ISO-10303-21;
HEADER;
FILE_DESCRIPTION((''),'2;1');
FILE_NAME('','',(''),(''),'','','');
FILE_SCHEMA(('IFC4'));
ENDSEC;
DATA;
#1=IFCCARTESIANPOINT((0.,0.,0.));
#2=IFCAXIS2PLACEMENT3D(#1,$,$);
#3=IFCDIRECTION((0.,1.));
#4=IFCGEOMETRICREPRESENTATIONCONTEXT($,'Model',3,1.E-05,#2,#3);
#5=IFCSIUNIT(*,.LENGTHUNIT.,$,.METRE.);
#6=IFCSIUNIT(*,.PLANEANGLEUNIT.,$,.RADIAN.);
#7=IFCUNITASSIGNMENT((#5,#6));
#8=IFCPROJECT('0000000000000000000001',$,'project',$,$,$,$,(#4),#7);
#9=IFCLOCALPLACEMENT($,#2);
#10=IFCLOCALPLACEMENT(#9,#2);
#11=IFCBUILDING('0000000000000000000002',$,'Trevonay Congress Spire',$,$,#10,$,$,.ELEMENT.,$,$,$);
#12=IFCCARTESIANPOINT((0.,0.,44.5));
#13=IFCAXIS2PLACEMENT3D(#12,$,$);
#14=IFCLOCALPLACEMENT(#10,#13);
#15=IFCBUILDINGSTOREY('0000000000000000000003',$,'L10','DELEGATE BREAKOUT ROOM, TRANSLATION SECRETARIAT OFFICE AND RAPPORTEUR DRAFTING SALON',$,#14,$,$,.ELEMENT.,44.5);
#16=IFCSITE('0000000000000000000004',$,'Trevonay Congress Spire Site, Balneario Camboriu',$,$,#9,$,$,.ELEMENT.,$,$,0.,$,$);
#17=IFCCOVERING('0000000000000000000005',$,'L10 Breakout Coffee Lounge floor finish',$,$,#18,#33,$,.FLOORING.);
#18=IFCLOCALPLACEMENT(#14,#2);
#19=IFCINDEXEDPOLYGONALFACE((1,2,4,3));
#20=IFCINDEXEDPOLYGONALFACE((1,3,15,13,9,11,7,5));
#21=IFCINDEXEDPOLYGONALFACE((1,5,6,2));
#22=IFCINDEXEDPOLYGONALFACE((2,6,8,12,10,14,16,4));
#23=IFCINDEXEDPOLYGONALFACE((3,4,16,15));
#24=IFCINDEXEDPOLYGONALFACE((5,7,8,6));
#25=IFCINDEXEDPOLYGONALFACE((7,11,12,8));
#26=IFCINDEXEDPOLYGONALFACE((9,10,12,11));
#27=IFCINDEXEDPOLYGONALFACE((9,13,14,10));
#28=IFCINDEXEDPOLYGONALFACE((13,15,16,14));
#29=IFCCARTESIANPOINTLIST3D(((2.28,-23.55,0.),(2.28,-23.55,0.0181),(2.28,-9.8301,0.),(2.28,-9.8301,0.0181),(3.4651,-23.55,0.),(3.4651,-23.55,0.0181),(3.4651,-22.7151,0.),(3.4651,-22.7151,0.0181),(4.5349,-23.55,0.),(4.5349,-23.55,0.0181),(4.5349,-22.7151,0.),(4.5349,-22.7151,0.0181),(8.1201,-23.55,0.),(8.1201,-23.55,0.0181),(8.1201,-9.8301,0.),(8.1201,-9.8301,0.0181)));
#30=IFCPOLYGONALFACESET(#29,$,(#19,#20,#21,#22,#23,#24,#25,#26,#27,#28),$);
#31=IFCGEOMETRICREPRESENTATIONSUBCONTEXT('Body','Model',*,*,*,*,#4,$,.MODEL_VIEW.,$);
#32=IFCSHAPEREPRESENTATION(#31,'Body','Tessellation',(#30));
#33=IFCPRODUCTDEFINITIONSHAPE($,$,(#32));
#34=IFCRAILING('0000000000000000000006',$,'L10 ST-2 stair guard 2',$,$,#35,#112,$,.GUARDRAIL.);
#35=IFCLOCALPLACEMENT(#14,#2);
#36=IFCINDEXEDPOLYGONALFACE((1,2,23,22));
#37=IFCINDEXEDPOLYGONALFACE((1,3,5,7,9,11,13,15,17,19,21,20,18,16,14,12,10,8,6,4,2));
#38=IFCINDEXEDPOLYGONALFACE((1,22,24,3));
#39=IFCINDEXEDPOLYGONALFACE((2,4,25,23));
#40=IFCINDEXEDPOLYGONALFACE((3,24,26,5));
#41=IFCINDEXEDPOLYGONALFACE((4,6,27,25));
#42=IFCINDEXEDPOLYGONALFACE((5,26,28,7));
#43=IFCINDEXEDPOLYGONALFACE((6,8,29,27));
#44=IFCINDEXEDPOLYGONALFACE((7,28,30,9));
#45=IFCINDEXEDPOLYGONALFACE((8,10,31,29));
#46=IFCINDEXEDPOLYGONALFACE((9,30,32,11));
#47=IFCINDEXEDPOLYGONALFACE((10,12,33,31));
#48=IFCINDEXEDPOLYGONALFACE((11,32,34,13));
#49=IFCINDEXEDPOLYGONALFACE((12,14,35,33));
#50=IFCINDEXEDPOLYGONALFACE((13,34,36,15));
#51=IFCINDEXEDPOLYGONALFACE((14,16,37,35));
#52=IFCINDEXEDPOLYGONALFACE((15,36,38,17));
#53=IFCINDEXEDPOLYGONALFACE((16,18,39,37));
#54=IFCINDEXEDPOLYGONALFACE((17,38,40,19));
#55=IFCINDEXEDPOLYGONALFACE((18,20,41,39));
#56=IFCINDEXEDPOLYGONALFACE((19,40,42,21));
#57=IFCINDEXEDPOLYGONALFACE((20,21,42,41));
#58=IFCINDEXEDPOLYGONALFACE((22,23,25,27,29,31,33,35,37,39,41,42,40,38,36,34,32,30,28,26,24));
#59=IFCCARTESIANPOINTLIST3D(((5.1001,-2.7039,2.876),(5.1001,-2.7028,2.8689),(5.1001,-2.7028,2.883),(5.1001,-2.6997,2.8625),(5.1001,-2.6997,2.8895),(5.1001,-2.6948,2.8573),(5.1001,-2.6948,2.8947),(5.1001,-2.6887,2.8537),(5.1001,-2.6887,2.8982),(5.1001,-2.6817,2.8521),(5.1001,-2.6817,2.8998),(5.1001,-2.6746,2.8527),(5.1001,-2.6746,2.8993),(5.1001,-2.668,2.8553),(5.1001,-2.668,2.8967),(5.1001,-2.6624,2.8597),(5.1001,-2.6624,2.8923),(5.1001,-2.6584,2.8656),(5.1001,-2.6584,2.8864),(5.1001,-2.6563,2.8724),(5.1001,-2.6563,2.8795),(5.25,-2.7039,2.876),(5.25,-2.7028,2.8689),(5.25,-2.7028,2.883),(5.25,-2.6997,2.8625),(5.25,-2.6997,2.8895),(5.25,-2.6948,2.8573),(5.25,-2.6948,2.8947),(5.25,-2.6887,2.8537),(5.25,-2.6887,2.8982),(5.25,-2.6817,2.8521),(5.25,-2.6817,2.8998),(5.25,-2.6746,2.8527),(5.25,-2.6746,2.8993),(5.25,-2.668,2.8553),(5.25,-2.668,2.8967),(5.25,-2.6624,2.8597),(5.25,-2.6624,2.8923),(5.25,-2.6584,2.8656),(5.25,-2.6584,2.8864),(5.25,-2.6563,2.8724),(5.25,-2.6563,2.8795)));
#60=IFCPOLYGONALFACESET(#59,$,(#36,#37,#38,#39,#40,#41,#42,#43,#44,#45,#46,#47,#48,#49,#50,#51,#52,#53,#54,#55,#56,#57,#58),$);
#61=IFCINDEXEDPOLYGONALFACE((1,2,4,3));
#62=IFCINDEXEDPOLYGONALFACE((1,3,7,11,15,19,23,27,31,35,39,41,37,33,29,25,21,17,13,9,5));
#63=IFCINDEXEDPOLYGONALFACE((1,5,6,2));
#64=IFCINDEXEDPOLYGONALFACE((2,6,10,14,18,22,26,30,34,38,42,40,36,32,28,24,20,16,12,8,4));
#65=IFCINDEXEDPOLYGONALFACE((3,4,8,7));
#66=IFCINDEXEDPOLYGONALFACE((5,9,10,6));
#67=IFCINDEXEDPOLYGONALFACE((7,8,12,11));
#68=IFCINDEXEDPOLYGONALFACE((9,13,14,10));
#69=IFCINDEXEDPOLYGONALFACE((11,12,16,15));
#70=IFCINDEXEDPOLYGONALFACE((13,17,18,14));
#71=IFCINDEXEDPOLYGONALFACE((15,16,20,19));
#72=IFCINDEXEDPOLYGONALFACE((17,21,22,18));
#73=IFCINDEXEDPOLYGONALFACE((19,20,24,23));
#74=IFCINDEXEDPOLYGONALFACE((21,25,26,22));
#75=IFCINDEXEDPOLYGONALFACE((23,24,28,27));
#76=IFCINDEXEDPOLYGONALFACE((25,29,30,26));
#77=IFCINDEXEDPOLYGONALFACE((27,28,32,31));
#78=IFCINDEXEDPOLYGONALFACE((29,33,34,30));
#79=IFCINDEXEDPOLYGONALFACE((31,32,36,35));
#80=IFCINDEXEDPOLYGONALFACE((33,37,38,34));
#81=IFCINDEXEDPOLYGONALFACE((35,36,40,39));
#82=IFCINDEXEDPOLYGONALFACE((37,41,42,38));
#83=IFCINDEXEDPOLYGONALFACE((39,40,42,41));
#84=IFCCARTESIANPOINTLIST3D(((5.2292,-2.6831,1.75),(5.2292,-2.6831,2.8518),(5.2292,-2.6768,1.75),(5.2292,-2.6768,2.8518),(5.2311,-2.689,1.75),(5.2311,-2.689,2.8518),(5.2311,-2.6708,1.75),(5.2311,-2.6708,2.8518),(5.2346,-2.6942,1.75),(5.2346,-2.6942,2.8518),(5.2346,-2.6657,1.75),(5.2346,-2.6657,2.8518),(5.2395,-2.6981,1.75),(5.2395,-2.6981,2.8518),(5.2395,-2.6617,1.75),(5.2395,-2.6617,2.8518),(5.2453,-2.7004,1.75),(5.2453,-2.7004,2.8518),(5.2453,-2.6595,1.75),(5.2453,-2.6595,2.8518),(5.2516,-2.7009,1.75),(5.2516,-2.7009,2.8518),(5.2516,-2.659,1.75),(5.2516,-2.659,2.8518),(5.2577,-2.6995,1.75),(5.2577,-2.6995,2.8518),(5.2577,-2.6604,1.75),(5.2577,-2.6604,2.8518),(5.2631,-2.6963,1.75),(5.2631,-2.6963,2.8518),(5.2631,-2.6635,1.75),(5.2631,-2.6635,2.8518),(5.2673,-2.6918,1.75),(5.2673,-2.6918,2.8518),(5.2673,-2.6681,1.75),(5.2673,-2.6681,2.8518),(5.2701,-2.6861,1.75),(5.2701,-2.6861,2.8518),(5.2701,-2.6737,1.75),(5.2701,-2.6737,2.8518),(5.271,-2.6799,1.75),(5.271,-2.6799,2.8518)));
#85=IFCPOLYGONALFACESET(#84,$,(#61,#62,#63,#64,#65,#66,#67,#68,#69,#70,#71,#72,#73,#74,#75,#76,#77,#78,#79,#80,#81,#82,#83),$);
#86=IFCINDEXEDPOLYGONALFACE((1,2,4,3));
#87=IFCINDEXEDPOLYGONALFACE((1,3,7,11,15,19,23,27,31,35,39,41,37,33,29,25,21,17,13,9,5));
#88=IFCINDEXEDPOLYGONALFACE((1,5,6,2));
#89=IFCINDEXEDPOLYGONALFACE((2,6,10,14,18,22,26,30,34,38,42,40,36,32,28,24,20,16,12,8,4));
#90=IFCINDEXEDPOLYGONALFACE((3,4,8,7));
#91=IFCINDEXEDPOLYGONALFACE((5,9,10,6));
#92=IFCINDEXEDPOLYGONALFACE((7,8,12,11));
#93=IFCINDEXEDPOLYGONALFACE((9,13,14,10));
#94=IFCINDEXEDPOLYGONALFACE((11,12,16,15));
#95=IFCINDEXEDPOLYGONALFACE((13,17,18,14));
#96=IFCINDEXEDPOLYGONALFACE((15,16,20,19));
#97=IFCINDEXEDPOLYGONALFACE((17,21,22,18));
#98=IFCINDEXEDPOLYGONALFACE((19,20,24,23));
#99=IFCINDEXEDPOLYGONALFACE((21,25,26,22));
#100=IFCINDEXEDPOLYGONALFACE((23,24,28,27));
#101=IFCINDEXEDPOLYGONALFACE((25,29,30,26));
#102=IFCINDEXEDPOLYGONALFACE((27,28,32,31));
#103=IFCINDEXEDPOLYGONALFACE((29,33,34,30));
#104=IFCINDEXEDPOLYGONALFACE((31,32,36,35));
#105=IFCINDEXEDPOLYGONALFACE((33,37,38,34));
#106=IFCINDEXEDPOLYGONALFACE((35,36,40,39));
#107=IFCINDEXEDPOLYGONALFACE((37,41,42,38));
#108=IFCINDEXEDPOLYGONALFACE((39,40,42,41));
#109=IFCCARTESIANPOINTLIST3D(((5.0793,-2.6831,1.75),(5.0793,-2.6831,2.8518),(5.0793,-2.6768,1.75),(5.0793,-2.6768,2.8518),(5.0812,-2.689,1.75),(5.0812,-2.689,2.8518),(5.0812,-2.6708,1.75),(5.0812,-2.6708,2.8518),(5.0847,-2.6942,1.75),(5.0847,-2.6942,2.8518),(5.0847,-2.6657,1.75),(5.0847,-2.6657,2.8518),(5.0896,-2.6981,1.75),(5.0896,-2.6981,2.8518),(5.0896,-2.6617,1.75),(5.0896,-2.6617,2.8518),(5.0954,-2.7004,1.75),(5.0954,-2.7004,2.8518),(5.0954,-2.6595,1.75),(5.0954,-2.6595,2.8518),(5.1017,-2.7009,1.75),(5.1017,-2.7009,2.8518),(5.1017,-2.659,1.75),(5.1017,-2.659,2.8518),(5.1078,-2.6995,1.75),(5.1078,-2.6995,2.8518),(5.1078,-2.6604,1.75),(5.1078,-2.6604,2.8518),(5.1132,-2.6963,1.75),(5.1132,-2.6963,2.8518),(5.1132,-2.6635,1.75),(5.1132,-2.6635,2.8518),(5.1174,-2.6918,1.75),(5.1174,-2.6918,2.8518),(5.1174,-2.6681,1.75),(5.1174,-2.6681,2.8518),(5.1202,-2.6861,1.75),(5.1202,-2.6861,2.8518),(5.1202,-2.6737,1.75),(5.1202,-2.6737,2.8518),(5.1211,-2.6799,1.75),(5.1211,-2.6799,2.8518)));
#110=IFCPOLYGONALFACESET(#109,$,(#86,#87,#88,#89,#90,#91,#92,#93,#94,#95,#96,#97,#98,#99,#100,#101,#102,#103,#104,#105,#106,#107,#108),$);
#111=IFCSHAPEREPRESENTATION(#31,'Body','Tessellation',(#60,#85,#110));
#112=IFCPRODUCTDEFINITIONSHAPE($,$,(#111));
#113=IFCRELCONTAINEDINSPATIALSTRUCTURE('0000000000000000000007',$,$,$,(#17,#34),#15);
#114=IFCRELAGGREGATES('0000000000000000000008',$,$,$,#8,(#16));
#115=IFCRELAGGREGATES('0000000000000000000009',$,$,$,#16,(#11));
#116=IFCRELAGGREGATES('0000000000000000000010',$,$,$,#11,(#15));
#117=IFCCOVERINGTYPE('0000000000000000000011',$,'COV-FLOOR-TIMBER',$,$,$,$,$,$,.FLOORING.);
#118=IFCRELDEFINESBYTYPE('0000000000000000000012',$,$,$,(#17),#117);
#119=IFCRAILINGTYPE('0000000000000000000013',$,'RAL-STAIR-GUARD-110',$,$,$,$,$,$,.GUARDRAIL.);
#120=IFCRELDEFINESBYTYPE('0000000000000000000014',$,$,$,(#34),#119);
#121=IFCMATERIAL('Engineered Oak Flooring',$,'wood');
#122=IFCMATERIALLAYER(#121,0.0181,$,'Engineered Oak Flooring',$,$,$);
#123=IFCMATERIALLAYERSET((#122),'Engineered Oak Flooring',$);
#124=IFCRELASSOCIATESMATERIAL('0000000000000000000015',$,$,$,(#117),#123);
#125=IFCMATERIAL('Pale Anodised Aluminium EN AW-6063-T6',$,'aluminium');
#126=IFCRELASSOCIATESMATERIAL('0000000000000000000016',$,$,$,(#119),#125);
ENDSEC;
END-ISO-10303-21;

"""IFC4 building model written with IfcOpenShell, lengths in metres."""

from ifc_helpers import new_model, si_unit, direction, frame, origin, origin_2d, place, context, subcontext, project, spatial, polyline, circle, outline, extrude, material, layer, layer_set, type_object, element, save


model = new_model("IFC4")

# Units and contexts
model_context = context("Model", 3, precision=1e-05, world=origin(), true_north=direction((0.0, 1.0)))
body_context = subcontext(model_context, "Body", "Model", "MODEL_VIEW")
ifc_project = project(units=[si_unit("LENGTHUNIT", "METRE"), si_unit("PLANEANGLEUNIT", "RADIAN")], contexts=[model_context])

# Site, building, storey
site_placement = place(None, origin())
site = spatial("IfcSite", under=ifc_project, at=site_placement, Name="Trevonay Congress Spire Site, Balneario Camboriu", CompositionType="ELEMENT", RefElevation=0.0)
building_placement = place(site_placement, origin())
building = spatial("IfcBuilding", under=site, at=building_placement, Name="Trevonay Congress Spire", CompositionType="ELEMENT")
storey_placement = place(building_placement, frame((0.0, 0.0, 44.5)))
storey = spatial("IfcBuildingStorey", under=building, at=storey_placement, Name="L10", Description="DELEGATE BREAKOUT ROOM, TRANSLATION SECRETARIAT OFFICE AND RAPPORTEUR DRAFTING SALON", CompositionType="ELEMENT", Elevation=44.5)

# Covering
ifc_material_1 = material(Name="Engineered Oak Flooring", Category="wood")
ifc_layer_1 = layer(ifc_material_1, 0.0181, Name="Engineered Oak Flooring")
ifc_layer_set_1 = layer_set([ifc_layer_1], Name="Engineered Oak Flooring")
covering_type_1 = type_object("IfcCoveringType", Name="COV-FLOOR-TIMBER", PredefinedType="FLOORING", material=ifc_layer_set_1)
covering_1_placement = place(storey_placement, origin())
element("IfcCovering", 1, at=covering_1_placement, inside=storey, type_object=covering_type_1, Name="L10 Breakout Coffee Lounge floor finish", PredefinedType="FLOORING", context=body_context, shape_type="SweptSolid", body=[
    extrude(outline(polyline([(2.28, -23.55), (2.28, -9.8301), (8.1201, -9.8301), (8.1201, -23.55), (4.5349, -23.55), (4.5349, -22.7151), (3.4651, -22.7151), (3.4651, -23.55), (2.28, -23.55)])), origin(), (0.0, 0.0, 1.0), 0.0181),
])

# Railing
ifc_material_2 = material(Name="Pale Anodised Aluminium EN AW-6063-T6", Category="aluminium")
railing_type_1 = type_object("IfcRailingType", Name="RAL-STAIR-GUARD-110", PredefinedType="GUARDRAIL", material=ifc_material_2)
railing_1_placement = place(storey_placement, frame((5.25, -2.6799, 1.75)))
element("IfcRailing", 2, at=railing_1_placement, inside=storey, type_object=railing_type_1, Name="L10 ST-2 stair guard 2", PredefinedType="GUARDRAIL", context=body_context, shape_type="SweptSolid", body=[
    extrude(circle(Radius=0.0239, at=origin_2d()), frame((0.0, 0.0, 1.126), z_axis=(-1.0, 0.0, 0.0), x_axis=(0.0, -1.0, 0.0)), (0.0, 0.0, 1.0), 0.1499),
    extrude(circle(Radius=0.021, at=origin_2d()), origin(), (0.0, 0.0, 1.0), 1.1018),
    extrude(circle(Radius=0.021, at=origin_2d()), frame((-0.1499, 0.0, 0.0)), (0.0, 0.0, 1.0), 1.1018),
])

save(model, "model.ifc")
